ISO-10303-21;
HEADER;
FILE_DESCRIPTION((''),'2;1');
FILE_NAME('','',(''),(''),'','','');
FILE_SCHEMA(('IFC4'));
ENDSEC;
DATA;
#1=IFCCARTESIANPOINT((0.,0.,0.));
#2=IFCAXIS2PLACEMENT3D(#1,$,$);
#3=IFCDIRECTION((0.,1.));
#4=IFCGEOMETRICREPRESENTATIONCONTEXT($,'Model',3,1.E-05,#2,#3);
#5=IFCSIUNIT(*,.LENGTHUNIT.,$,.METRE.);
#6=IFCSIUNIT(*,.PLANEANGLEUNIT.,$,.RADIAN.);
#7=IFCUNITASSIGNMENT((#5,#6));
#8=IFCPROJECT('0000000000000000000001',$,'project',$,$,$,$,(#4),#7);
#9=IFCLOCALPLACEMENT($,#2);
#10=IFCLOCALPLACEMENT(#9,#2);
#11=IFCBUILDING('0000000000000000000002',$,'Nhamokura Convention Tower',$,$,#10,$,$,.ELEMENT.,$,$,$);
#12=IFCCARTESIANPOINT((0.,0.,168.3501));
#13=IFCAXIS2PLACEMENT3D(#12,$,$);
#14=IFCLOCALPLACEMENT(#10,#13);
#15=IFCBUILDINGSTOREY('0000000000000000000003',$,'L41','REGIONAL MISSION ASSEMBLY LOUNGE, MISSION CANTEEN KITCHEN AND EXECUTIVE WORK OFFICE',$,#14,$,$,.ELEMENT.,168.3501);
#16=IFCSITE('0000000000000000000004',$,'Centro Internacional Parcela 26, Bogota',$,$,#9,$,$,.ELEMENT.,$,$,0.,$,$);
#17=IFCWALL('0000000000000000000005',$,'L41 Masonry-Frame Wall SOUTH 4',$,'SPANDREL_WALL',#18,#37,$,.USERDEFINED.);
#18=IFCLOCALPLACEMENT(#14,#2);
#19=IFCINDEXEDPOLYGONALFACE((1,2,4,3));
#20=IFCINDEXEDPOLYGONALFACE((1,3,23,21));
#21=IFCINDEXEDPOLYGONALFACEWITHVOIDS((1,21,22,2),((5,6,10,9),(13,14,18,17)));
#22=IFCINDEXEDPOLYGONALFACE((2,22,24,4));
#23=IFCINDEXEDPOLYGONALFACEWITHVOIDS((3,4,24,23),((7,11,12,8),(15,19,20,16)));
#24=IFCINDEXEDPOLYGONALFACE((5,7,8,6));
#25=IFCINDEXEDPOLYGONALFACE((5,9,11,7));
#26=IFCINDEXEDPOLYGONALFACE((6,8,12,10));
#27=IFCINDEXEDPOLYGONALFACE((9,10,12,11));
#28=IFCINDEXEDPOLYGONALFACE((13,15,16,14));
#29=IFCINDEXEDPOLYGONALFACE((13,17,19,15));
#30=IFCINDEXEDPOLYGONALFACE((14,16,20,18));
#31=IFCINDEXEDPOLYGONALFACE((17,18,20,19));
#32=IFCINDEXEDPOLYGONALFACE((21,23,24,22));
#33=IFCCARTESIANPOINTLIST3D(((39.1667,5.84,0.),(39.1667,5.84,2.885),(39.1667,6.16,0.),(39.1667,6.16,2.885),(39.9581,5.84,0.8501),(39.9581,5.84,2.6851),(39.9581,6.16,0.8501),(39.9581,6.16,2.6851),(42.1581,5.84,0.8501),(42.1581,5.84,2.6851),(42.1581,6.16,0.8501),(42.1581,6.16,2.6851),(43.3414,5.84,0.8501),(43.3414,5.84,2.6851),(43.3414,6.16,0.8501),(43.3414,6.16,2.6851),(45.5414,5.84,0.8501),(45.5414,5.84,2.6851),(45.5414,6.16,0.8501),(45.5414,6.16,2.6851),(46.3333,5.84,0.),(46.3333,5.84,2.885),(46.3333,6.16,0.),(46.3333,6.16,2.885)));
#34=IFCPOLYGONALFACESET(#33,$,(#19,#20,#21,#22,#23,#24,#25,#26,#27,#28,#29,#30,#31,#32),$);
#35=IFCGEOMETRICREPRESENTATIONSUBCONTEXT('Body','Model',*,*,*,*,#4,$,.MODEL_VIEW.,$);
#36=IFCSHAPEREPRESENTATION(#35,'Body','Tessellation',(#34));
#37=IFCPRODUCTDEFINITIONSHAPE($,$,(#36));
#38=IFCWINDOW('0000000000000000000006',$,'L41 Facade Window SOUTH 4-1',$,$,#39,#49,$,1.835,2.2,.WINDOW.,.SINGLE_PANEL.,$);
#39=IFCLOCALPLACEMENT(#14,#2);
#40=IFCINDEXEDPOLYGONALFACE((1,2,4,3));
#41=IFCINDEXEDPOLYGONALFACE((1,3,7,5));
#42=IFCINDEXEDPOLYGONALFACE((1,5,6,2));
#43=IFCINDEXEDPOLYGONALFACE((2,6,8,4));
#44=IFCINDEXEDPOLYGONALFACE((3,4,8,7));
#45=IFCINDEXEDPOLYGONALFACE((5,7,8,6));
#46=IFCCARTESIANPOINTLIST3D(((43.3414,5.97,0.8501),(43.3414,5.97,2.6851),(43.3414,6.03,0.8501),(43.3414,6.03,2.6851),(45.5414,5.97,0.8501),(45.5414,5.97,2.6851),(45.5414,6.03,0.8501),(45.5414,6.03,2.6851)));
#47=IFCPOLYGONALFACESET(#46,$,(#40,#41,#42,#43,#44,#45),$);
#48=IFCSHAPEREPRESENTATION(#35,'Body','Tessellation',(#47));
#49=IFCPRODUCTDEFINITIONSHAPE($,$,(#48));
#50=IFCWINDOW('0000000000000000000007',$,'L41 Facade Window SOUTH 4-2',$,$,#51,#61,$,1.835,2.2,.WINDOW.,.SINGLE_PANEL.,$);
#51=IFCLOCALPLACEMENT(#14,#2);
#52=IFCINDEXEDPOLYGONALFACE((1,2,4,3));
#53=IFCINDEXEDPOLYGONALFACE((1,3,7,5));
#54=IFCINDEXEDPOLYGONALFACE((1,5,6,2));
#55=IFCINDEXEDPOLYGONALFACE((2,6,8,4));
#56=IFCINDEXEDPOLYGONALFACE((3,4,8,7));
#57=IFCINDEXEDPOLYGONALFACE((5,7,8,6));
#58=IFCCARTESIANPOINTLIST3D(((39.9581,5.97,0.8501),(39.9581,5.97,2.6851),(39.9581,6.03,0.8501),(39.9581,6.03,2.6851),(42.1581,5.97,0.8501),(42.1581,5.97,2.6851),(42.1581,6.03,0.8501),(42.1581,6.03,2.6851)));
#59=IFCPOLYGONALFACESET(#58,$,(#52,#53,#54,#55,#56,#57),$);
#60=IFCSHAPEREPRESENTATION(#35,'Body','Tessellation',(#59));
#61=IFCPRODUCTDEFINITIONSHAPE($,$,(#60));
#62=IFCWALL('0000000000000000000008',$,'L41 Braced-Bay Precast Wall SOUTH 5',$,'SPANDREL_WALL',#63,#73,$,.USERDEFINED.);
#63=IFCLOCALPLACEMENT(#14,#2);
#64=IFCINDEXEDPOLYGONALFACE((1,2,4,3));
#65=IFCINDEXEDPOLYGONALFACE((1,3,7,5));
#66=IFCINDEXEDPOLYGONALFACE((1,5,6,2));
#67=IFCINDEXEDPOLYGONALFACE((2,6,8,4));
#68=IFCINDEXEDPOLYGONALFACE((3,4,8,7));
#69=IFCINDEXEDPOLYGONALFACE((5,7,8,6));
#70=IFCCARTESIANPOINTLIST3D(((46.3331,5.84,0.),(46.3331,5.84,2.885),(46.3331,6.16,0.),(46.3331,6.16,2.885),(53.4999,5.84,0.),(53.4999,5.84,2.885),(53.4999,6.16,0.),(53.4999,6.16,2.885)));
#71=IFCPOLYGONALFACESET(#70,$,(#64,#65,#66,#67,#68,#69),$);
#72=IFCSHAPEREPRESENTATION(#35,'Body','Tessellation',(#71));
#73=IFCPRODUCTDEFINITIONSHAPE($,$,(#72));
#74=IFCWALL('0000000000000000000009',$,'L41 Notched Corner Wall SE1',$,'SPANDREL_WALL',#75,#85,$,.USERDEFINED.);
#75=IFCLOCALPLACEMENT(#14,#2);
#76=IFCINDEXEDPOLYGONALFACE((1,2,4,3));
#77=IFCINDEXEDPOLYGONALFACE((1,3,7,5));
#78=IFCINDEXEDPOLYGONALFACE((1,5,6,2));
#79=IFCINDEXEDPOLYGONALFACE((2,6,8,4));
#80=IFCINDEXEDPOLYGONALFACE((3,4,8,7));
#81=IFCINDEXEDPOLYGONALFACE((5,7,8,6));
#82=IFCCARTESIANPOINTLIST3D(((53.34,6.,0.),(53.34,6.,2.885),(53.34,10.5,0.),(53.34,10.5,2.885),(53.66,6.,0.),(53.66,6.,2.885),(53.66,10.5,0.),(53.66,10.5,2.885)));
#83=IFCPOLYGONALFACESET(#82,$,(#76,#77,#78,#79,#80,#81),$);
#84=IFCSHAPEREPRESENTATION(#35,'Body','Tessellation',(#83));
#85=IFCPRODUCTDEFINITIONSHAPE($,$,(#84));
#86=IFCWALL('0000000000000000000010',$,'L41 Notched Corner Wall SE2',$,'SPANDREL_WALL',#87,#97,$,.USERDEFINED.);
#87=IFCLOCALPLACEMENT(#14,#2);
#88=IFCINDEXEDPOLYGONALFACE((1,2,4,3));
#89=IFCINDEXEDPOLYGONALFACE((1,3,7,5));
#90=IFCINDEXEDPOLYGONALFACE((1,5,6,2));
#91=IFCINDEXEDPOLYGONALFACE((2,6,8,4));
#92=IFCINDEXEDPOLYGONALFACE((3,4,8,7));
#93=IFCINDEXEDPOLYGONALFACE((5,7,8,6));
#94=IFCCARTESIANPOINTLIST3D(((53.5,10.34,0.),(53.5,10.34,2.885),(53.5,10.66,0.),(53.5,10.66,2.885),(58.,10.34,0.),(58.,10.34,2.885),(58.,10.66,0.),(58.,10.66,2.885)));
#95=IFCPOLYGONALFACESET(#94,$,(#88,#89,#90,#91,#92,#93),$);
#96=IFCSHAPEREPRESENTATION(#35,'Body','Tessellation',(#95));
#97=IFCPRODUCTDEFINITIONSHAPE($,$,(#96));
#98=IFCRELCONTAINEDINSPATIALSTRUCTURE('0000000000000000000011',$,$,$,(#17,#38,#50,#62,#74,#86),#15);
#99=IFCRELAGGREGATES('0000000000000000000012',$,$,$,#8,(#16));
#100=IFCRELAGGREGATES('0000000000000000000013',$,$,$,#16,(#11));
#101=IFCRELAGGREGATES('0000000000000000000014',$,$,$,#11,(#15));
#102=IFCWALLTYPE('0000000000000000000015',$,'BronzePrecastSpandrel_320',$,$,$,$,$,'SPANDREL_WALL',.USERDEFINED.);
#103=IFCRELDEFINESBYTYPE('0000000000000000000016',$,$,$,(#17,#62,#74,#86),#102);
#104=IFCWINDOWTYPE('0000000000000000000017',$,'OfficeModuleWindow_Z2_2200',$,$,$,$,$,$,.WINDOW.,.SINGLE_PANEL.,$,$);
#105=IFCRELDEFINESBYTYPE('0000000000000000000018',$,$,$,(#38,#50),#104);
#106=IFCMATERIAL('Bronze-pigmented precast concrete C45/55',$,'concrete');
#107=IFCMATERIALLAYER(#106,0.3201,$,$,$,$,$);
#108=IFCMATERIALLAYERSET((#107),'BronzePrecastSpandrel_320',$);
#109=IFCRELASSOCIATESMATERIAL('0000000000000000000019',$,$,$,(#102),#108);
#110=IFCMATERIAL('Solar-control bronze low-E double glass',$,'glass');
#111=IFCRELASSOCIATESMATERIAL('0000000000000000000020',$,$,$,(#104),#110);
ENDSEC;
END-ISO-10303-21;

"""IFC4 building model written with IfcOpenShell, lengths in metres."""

from ifc_helpers import new_model, si_unit, direction, frame, frame_2d, origin, place, context, subcontext, project, spatial, rectangle, extrude, material, layer, layer_set, type_object, element, fill, save


model = new_model("IFC4")

# Units and contexts
model_context = context("Model", 3, precision=1e-05, world=origin(), true_north=direction((0.0, 1.0)))
body_context = subcontext(model_context, "Body", "Model", "MODEL_VIEW")
ifc_project = project(units=[si_unit("LENGTHUNIT", "METRE"), si_unit("PLANEANGLEUNIT", "RADIAN")], contexts=[model_context])

# Site, building, storey
site_placement = place(None, origin())
site = spatial("IfcSite", under=ifc_project, at=site_placement, Name="Centro Internacional Parcela 26, Bogota", CompositionType="ELEMENT", RefElevation=0.0)
building_placement = place(site_placement, origin())
building = spatial("IfcBuilding", under=site, at=building_placement, Name="Nhamokura Convention Tower", CompositionType="ELEMENT")
storey_placement = place(building_placement, frame((0.0, 0.0, 168.3501)))
storey = spatial("IfcBuildingStorey", under=building, at=storey_placement, Name="L41", Description="REGIONAL MISSION ASSEMBLY LOUNGE, MISSION CANTEEN KITCHEN AND EXECUTIVE WORK OFFICE", CompositionType="ELEMENT", Elevation=168.3501)

# Wall, openings, windows
ifc_material_1 = material(Name="Bronze-pigmented precast concrete C45/55", Category="concrete")
ifc_layer = layer(ifc_material_1, 0.3201)
ifc_layer_set = layer_set([ifc_layer], Name="BronzePrecastSpandrel_320")
wall_type = type_object("IfcWallType", Name="BronzePrecastSpandrel_320", ElementType="SPANDREL_WALL", PredefinedType="USERDEFINED", material=ifc_layer_set)
wall_1_placement = place(storey_placement, frame((46.3333, 6.0, 0.0), z_axis=(0.0, 0.0, 1.0), x_axis=(-1.0, 0.0, 0.0)))
wall_1 = element("IfcWall", 1, at=wall_1_placement, inside=storey, type_object=wall_type, Name="L41 Masonry-Frame Wall SOUTH 4", ObjectType="SPANDREL_WALL", PredefinedType="USERDEFINED", context=body_context, shape_type="SweptSolid", body=[
    extrude(rectangle(XDim=7.1665, YDim=0.3201, at=frame_2d((3.5833, 0.0))), origin(), (0.0, 0.0, 1.0), 2.885),
])
opening_1_placement = place(wall_1_placement, frame((0.7917, 0.0, 0.8501)))
opening_1 = element("IfcOpeningElement", 2, at=opening_1_placement, cuts=wall_1, PredefinedType="OPENING", context=body_context, shape_type="SweptSolid", body=[
    extrude(rectangle(XDim=2.2, YDim=1.835, at=frame_2d((1.1001, 0.9175))), frame((0.0, 0.1699, 0.0), z_axis=(0.0, -1.0, 0.0), x_axis=(1.0, 0.0, 0.0)), (0.0, 0.0, 1.0), 0.3401),
])
opening_2_placement = place(wall_1_placement, frame((4.175, 0.0, 0.8501)))
opening_2 = element("IfcOpeningElement", 3, at=opening_2_placement, cuts=wall_1, PredefinedType="OPENING", context=body_context, shape_type="SweptSolid", body=[
    extrude(rectangle(XDim=2.2, YDim=1.835, at=frame_2d((1.1001, 0.9175))), frame((0.0, 0.1699, 0.0), z_axis=(0.0, -1.0, 0.0), x_axis=(1.0, 0.0, 0.0)), (0.0, 0.0, 1.0), 0.3401),
])
ifc_material_2 = material(Name="Solar-control bronze low-E double glass", Category="glass")
window_type = type_object("IfcWindowType", Name="OfficeModuleWindow_Z2_2200", PartitioningType="SINGLE_PANEL", PredefinedType="WINDOW", material=ifc_material_2)
window_1_placement = place(opening_1_placement, origin())
window_1 = element("IfcWindow", 4, at=window_1_placement, inside=storey, type_object=window_type, Name="L41 Facade Window SOUTH 4-1", OverallHeight=1.835, OverallWidth=2.2, PartitioningType="SINGLE_PANEL", PredefinedType="WINDOW", context=body_context, shape_type="SweptSolid", body=[
    extrude(rectangle(XDim=2.2, YDim=1.835, at=frame_2d((1.1001, 0.9175))), frame((0.0, 0.03, 0.0), z_axis=(0.0, -1.0, 0.0), x_axis=(1.0, 0.0, 0.0)), (0.0, 0.0, 1.0), 0.0601),
])
fill(opening_1, window_1)
window_2_placement = place(opening_2_placement, origin())
window_2 = element("IfcWindow", 5, at=window_2_placement, inside=storey, type_object=window_type, Name="L41 Facade Window SOUTH 4-2", OverallHeight=1.835, OverallWidth=2.2, PartitioningType="SINGLE_PANEL", PredefinedType="WINDOW", context=body_context, shape_type="SweptSolid", body=[
    extrude(rectangle(XDim=2.2, YDim=1.835, at=frame_2d((1.1001, 0.9175))), frame((0.0, 0.03, 0.0), z_axis=(0.0, -1.0, 0.0), x_axis=(1.0, 0.0, 0.0)), (0.0, 0.0, 1.0), 0.0601),
])
fill(opening_2, window_2)

# Walls
wall_2_placement = place(storey_placement, frame((53.5, 6.0, 0.0), z_axis=(0.0, 0.0, 1.0), x_axis=(-1.0, 0.0, 0.0)))
element("IfcWall", 6, at=wall_2_placement, inside=storey, type_object=wall_type, Name="L41 Braced-Bay Precast Wall SOUTH 5", ObjectType="SPANDREL_WALL", PredefinedType="USERDEFINED", context=body_context, shape_type="SweptSolid", body=[
    extrude(rectangle(XDim=7.1667, YDim=0.3201, at=frame_2d((3.5835, 0.0))), origin(), (0.0, 0.0, 1.0), 2.885),
])
for number, where, z_axis, x_axis, name in (
    (7, (53.5, 10.5, 0.0), (0.0, 0.0, 1.0), (0.0, -1.0, 0.0), "L41 Notched Corner Wall SE1"),
    (8, (58.0, 10.5, 0.0), (0.0, 0.0, 1.0), (-1.0, 0.0, 0.0), "L41 Notched Corner Wall SE2"),
):
    element("IfcWall", number, at=place(storey_placement, frame(where, z_axis=z_axis, x_axis=x_axis)), inside=storey, type_object=wall_type, Name=name, ObjectType="SPANDREL_WALL", PredefinedType="USERDEFINED", context=body_context, shape_type="SweptSolid", body=[
        extrude(rectangle(XDim=4.5, YDim=0.3201, at=frame_2d((2.25, 0.0))), origin(), (0.0, 0.0, 1.0), 2.885),
    ])

save(model, "model.ifc")
